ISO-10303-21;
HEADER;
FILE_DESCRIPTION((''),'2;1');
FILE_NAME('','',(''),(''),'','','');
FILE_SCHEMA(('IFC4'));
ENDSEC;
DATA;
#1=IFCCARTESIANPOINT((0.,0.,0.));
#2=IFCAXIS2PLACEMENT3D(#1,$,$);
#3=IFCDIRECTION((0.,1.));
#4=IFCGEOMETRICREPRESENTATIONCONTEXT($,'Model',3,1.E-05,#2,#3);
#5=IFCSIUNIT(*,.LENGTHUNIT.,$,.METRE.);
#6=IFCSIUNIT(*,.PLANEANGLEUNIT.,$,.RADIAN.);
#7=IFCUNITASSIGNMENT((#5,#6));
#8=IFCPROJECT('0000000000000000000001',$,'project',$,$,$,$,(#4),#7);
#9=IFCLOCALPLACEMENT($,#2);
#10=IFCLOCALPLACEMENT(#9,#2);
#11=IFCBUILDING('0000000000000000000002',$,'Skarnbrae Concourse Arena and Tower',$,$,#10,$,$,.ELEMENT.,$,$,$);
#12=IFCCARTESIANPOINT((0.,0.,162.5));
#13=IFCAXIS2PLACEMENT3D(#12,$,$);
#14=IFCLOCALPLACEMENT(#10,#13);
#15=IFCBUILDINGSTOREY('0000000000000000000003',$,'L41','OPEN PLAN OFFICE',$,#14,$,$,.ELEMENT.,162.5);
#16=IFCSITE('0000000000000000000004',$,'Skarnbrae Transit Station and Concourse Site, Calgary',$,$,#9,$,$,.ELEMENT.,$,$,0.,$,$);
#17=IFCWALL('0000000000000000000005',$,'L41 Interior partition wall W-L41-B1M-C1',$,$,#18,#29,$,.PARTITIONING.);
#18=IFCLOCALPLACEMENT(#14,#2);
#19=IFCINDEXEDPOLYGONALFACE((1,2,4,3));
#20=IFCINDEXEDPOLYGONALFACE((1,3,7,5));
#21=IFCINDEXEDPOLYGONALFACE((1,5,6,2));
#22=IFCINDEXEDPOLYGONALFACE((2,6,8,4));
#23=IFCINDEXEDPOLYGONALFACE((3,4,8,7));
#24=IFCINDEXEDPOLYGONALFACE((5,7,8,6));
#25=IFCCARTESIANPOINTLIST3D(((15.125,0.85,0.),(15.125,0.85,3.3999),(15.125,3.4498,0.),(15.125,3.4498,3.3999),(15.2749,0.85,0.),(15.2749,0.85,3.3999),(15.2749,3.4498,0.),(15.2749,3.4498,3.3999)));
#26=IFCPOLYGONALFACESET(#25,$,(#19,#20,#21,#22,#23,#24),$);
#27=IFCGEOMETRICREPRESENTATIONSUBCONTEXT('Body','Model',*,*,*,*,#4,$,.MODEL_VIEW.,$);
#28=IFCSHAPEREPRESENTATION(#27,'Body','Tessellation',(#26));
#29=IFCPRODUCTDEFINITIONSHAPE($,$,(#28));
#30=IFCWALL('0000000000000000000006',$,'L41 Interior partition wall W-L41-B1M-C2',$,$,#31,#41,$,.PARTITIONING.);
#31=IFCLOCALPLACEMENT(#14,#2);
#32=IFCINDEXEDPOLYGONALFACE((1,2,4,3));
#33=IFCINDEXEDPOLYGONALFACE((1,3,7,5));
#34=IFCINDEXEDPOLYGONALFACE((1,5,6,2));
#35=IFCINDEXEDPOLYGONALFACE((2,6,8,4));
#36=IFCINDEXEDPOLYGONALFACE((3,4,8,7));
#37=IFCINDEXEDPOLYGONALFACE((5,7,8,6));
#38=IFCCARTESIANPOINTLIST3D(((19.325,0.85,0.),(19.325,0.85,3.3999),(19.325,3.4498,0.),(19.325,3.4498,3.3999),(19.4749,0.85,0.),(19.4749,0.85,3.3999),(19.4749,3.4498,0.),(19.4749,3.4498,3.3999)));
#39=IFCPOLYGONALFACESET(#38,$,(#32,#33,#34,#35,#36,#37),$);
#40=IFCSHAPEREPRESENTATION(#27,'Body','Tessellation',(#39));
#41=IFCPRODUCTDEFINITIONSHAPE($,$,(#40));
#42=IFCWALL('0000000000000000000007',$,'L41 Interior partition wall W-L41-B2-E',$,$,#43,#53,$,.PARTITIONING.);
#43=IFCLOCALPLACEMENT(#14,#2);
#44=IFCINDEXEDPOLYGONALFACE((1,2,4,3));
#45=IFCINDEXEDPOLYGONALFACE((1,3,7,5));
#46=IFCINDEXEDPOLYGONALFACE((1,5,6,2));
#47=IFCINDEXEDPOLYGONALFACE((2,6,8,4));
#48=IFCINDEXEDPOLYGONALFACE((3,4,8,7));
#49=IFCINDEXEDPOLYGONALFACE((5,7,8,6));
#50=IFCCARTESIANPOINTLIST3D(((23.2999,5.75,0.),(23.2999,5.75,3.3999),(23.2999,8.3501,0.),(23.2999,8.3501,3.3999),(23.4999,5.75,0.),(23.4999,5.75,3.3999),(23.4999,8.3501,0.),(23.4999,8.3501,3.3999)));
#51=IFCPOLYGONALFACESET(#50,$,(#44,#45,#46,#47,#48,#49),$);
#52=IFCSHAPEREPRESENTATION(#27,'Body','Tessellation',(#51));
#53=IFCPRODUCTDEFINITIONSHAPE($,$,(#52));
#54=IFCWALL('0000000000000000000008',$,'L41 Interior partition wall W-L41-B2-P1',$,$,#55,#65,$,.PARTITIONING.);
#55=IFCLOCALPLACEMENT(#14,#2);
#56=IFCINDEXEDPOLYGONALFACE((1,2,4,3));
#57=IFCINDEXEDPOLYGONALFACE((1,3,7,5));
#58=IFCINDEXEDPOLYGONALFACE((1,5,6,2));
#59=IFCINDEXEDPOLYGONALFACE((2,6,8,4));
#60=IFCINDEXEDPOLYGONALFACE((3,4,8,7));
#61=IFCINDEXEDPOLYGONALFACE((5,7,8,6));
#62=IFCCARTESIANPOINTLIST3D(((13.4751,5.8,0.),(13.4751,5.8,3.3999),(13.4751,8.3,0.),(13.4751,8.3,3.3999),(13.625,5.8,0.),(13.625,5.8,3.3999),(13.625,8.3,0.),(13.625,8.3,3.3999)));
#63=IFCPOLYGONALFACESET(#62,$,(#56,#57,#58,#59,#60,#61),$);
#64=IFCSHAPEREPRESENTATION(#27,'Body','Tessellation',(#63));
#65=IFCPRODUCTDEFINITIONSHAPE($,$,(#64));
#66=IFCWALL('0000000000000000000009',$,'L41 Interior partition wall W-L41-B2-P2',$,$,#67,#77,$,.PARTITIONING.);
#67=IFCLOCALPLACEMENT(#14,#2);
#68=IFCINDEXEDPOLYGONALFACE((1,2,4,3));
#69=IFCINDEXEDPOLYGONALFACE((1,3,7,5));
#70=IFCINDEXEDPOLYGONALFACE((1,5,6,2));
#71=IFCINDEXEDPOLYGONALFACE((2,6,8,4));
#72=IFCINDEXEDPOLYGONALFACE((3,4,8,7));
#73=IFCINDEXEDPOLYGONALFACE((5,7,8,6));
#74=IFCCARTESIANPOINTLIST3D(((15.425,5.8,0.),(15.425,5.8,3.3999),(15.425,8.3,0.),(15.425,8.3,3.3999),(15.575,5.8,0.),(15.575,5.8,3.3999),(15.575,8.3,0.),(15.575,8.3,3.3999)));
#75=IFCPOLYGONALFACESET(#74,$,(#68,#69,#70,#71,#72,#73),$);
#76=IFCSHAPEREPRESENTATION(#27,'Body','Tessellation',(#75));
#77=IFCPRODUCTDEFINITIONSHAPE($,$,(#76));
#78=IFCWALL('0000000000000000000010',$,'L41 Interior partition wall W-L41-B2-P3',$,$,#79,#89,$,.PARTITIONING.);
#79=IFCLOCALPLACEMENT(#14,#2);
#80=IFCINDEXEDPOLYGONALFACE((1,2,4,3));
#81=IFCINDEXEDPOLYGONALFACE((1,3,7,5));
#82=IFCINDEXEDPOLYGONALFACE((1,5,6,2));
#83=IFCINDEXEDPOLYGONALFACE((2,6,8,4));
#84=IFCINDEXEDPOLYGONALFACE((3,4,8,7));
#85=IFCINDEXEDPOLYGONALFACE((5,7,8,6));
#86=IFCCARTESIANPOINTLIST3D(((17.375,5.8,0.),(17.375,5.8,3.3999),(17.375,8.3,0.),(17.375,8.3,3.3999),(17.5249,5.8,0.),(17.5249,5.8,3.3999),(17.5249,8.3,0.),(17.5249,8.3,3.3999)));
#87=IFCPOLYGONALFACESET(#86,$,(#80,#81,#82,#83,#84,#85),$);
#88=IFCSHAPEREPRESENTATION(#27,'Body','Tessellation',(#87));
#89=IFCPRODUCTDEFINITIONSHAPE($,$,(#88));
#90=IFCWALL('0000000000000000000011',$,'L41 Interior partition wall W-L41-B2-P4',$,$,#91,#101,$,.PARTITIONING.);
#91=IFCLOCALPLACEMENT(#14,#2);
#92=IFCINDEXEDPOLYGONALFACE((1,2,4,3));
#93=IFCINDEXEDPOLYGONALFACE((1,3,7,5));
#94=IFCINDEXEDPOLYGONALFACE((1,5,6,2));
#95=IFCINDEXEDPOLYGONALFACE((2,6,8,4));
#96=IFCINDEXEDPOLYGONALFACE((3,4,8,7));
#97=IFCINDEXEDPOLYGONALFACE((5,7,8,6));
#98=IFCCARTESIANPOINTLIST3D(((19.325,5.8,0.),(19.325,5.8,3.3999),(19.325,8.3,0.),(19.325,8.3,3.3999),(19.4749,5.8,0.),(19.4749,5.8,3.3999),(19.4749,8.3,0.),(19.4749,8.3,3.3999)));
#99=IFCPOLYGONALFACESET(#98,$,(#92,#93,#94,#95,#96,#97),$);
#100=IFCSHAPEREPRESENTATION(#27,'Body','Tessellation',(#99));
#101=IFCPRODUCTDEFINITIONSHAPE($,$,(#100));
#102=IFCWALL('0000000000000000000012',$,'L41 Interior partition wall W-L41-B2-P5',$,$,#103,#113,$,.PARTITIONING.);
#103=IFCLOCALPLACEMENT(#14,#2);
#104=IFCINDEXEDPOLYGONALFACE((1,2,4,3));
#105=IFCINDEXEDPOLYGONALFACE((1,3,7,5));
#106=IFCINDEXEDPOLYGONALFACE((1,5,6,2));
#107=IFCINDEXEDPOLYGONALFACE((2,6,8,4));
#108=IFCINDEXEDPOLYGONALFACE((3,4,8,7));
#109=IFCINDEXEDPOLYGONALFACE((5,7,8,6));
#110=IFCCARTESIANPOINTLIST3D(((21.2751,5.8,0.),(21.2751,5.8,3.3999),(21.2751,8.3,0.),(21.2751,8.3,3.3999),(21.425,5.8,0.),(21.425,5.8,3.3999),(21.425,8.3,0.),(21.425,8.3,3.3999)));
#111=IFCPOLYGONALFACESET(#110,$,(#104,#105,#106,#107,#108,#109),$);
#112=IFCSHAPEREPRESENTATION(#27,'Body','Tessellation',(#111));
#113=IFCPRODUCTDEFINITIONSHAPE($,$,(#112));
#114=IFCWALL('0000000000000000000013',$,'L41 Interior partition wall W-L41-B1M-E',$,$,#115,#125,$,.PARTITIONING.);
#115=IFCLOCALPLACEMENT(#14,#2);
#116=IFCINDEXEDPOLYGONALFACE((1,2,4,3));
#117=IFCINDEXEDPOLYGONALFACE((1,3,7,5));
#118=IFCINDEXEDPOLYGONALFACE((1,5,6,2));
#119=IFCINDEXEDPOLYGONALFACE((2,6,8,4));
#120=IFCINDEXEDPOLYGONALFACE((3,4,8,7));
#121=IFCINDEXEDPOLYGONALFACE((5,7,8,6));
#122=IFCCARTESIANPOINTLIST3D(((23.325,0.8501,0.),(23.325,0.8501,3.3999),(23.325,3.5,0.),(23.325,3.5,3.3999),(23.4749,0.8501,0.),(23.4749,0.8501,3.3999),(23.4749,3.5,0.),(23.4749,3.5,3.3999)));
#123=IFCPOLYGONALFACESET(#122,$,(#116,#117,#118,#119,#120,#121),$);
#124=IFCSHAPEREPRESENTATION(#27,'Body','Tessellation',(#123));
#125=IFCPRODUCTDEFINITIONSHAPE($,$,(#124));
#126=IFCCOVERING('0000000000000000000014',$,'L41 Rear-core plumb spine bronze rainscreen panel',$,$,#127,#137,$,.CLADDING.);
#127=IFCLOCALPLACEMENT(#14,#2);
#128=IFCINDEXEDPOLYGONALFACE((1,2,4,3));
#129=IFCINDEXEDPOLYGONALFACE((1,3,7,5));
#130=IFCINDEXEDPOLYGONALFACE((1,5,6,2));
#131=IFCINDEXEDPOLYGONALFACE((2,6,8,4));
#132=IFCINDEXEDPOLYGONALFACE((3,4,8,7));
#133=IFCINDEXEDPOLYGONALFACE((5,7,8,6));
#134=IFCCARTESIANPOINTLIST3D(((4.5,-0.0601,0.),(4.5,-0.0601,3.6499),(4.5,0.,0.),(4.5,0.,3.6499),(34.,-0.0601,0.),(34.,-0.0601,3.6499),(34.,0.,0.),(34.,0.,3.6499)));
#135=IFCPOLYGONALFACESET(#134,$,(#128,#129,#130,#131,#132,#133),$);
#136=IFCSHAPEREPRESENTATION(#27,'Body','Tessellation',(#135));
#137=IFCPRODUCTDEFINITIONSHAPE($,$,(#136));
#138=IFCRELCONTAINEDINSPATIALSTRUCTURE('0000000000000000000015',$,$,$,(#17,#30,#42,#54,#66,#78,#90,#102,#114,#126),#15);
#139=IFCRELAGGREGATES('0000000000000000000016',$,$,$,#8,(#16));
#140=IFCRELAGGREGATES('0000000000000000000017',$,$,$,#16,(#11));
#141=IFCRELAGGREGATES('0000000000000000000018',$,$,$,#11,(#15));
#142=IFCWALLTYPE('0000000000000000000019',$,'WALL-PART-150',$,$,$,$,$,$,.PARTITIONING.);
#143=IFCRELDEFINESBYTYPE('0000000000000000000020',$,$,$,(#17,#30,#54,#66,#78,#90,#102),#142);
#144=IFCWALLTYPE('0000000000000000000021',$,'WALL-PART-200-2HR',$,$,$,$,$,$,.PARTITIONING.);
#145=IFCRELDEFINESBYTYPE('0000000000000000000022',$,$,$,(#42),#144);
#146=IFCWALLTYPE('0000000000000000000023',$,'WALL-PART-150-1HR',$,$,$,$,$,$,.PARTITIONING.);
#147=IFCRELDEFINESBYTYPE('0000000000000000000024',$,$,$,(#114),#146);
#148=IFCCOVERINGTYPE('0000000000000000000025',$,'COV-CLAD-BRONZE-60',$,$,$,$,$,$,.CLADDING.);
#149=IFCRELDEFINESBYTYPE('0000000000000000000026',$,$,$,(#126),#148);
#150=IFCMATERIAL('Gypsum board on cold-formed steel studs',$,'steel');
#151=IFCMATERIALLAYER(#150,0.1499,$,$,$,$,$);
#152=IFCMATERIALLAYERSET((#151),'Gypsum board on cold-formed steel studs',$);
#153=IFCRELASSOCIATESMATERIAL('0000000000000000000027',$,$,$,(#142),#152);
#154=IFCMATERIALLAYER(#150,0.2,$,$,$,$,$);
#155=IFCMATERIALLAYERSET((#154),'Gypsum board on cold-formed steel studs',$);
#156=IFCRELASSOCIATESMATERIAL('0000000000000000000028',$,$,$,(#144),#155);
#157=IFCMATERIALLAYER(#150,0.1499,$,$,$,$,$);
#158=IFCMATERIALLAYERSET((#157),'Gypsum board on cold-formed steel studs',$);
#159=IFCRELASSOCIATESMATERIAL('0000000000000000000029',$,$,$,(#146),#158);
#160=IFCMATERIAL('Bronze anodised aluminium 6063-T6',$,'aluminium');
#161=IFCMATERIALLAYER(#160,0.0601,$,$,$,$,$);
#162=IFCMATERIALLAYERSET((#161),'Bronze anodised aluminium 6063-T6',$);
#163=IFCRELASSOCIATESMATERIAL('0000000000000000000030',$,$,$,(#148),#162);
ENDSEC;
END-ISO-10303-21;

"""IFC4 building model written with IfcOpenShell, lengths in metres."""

from ifc_helpers import new_model, si_unit, direction, frame, frame_2d, origin, origin_2d, place, context, subcontext, project, spatial, rectangle, extrude, source, transform, mapped, material, layer, layer_set, type_object, element, save


model = new_model("IFC4")

# Units and contexts
model_context = context("Model", 3, precision=1e-05, world=origin(), true_north=direction((0.0, 1.0)))
body_context = subcontext(model_context, "Body", "Model", "MODEL_VIEW")
ifc_project = project(units=[si_unit("LENGTHUNIT", "METRE"), si_unit("PLANEANGLEUNIT", "RADIAN")], contexts=[model_context])

# Site, building, storey
site_placement = place(None, origin())
site = spatial("IfcSite", under=ifc_project, at=site_placement, Name="Skarnbrae Transit Station and Concourse Site, Calgary", CompositionType="ELEMENT", RefElevation=0.0)
building_placement = place(site_placement, origin())
building = spatial("IfcBuilding", under=site, at=building_placement, Name="Skarnbrae Concourse Arena and Tower", CompositionType="ELEMENT")
storey_placement = place(building_placement, frame((0.0, 0.0, 162.5)))
storey = spatial("IfcBuildingStorey", under=building, at=storey_placement, Name="L41", Description="OPEN PLAN OFFICE", CompositionType="ELEMENT", Elevation=162.5)

# Walls
ifc_material_1 = material(Name="Gypsum board on cold-formed steel studs", Category="steel")
ifc_layer_1 = layer(ifc_material_1, 0.1499)
ifc_layer_set_1 = layer_set([ifc_layer_1], Name="Gypsum board on cold-formed steel studs")
wall_type_1 = type_object("IfcWallType", Name="WALL-PART-150", PredefinedType="PARTITIONING", material=ifc_layer_set_1)
shared_shape_1 = source(origin(), body_context, "Body", "SweptSolid", [
    extrude(rectangle(XDim=2.5999, YDim=0.1499, at=frame_2d((1.2998, 0.0))), origin(), (0.0, 0.0, 1.0), 3.3999),
])
for number, where, z_axis, x_axis, name in (
    (1, (15.2, 0.8501, 0.0), (0.0, 0.0, 1.0), (0.0, 1.0, 0.0), "L41 Interior partition wall W-L41-B1M-C1"),
    (2, (19.3999, 0.8501, 0.0), (0.0, 0.0, 1.0), (0.0, 1.0, 0.0), "L41 Interior partition wall W-L41-B1M-C2"),
):
    element("IfcWall", number, at=place(storey_placement, frame(where, z_axis=z_axis, x_axis=x_axis)), inside=storey, type_object=wall_type_1, Name=name, PredefinedType="PARTITIONING", context=body_context, shape_type="MappedRepresentation", body=[
        mapped(shared_shape_1, transform((0.0, 0.0, 0.0))),
    ])
ifc_layer_2 = layer(ifc_material_1, 0.2)
ifc_layer_set_2 = layer_set([ifc_layer_2], Name="Gypsum board on cold-formed steel studs")
wall_type_2 = type_object("IfcWallType", Name="WALL-PART-200-2HR", PredefinedType="PARTITIONING", material=ifc_layer_set_2)
shared_shape_2 = source(origin(), body_context, "Body", "SweptSolid", [
    extrude(rectangle(XDim=2.6001, YDim=0.2, at=frame_2d((1.3, 0.0))), origin(), (0.0, 0.0, 1.0), 3.3999),
])
wall_1_placement = place(storey_placement, frame((23.3999, 5.75, 0.0), z_axis=(0.0, 0.0, 1.0), x_axis=(0.0, 1.0, 0.0)))
element("IfcWall", 3, at=wall_1_placement, inside=storey, type_object=wall_type_2, Name="L41 Interior partition wall W-L41-B2-E", PredefinedType="PARTITIONING", context=body_context, shape_type="MappedRepresentation", body=[
    mapped(shared_shape_2, transform((0.0, 0.0, 0.0))),
])
shared_shape_3 = source(origin(), body_context, "Body", "SweptSolid", [
    extrude(rectangle(XDim=2.5, YDim=0.1499, at=frame_2d((1.25, 0.0))), origin(), (0.0, 0.0, 1.0), 3.3999),
])
for number, where, z_axis, x_axis, name in (
    (4, (13.55, 5.8, 0.0), (0.0, 0.0, 1.0), (0.0, 1.0, 0.0), "L41 Interior partition wall W-L41-B2-P1"),
    (5, (15.5, 5.8, 0.0), (0.0, 0.0, 1.0), (0.0, 1.0, 0.0), "L41 Interior partition wall W-L41-B2-P2"),
    (6, (17.45, 5.8, 0.0), (0.0, 0.0, 1.0), (0.0, 1.0, 0.0), "L41 Interior partition wall W-L41-B2-P3"),
    (7, (19.3999, 5.8, 0.0), (0.0, 0.0, 1.0), (0.0, 1.0, 0.0), "L41 Interior partition wall W-L41-B2-P4"),
    (8, (21.3501, 5.8, 0.0), (0.0, 0.0, 1.0), (0.0, 1.0, 0.0), "L41 Interior partition wall W-L41-B2-P5"),
):
    element("IfcWall", number, at=place(storey_placement, frame(where, z_axis=z_axis, x_axis=x_axis)), inside=storey, type_object=wall_type_1, Name=name, PredefinedType="PARTITIONING", context=body_context, shape_type="MappedRepresentation", body=[
        mapped(shared_shape_3, transform((0.0, 0.0, 0.0))),
    ])
ifc_layer_3 = layer(ifc_material_1, 0.1499)
ifc_layer_set_3 = layer_set([ifc_layer_3], Name="Gypsum board on cold-formed steel studs")
wall_type_3 = type_object("IfcWallType", Name="WALL-PART-150-1HR", PredefinedType="PARTITIONING", material=ifc_layer_set_3)
shared_shape_4 = source(origin(), body_context, "Body", "SweptSolid", [
    extrude(rectangle(XDim=2.6499, YDim=0.1499, at=frame_2d((1.325, 0.0))), origin(), (0.0, 0.0, 1.0), 3.3999),
])
wall_2_placement = place(storey_placement, frame((23.3999, 0.8501, 0.0), z_axis=(0.0, 0.0, 1.0), x_axis=(0.0, 1.0, 0.0)))
element("IfcWall", 9, at=wall_2_placement, inside=storey, type_object=wall_type_3, Name="L41 Interior partition wall W-L41-B1M-E", PredefinedType="PARTITIONING", context=body_context, shape_type="MappedRepresentation", body=[
    mapped(shared_shape_4, transform((0.0, 0.0, 0.0))),
])

# Covering
ifc_material_2 = material(Name="Bronze anodised aluminium 6063-T6", Category="aluminium")
ifc_layer_4 = layer(ifc_material_2, 0.0601)
ifc_layer_set_4 = layer_set([ifc_layer_4], Name="Bronze anodised aluminium 6063-T6")
covering_type = type_object("IfcCoveringType", Name="COV-CLAD-BRONZE-60", PredefinedType="CLADDING", material=ifc_layer_set_4)
shared_shape_5 = source(origin(), body_context, "Body", "SweptSolid", [
    extrude(rectangle(XDim=29.5, YDim=0.0601, at=origin_2d()), origin(), (0.0, 0.0, 1.0), 3.6499),
])
covering_placement = place(storey_placement, frame((19.25, -0.03, 0.0), z_axis=(0.0, 0.0, 1.0), x_axis=(1.0, 0.0, 0.0)))
element("IfcCovering", 10, at=covering_placement, inside=storey, type_object=covering_type, Name="L41 Rear-core plumb spine bronze rainscreen panel", PredefinedType="CLADDING", context=body_context, shape_type="MappedRepresentation", body=[
    mapped(shared_shape_5, transform((0.0, 0.0, 0.0))),
])

save(model, "model.ifc")
